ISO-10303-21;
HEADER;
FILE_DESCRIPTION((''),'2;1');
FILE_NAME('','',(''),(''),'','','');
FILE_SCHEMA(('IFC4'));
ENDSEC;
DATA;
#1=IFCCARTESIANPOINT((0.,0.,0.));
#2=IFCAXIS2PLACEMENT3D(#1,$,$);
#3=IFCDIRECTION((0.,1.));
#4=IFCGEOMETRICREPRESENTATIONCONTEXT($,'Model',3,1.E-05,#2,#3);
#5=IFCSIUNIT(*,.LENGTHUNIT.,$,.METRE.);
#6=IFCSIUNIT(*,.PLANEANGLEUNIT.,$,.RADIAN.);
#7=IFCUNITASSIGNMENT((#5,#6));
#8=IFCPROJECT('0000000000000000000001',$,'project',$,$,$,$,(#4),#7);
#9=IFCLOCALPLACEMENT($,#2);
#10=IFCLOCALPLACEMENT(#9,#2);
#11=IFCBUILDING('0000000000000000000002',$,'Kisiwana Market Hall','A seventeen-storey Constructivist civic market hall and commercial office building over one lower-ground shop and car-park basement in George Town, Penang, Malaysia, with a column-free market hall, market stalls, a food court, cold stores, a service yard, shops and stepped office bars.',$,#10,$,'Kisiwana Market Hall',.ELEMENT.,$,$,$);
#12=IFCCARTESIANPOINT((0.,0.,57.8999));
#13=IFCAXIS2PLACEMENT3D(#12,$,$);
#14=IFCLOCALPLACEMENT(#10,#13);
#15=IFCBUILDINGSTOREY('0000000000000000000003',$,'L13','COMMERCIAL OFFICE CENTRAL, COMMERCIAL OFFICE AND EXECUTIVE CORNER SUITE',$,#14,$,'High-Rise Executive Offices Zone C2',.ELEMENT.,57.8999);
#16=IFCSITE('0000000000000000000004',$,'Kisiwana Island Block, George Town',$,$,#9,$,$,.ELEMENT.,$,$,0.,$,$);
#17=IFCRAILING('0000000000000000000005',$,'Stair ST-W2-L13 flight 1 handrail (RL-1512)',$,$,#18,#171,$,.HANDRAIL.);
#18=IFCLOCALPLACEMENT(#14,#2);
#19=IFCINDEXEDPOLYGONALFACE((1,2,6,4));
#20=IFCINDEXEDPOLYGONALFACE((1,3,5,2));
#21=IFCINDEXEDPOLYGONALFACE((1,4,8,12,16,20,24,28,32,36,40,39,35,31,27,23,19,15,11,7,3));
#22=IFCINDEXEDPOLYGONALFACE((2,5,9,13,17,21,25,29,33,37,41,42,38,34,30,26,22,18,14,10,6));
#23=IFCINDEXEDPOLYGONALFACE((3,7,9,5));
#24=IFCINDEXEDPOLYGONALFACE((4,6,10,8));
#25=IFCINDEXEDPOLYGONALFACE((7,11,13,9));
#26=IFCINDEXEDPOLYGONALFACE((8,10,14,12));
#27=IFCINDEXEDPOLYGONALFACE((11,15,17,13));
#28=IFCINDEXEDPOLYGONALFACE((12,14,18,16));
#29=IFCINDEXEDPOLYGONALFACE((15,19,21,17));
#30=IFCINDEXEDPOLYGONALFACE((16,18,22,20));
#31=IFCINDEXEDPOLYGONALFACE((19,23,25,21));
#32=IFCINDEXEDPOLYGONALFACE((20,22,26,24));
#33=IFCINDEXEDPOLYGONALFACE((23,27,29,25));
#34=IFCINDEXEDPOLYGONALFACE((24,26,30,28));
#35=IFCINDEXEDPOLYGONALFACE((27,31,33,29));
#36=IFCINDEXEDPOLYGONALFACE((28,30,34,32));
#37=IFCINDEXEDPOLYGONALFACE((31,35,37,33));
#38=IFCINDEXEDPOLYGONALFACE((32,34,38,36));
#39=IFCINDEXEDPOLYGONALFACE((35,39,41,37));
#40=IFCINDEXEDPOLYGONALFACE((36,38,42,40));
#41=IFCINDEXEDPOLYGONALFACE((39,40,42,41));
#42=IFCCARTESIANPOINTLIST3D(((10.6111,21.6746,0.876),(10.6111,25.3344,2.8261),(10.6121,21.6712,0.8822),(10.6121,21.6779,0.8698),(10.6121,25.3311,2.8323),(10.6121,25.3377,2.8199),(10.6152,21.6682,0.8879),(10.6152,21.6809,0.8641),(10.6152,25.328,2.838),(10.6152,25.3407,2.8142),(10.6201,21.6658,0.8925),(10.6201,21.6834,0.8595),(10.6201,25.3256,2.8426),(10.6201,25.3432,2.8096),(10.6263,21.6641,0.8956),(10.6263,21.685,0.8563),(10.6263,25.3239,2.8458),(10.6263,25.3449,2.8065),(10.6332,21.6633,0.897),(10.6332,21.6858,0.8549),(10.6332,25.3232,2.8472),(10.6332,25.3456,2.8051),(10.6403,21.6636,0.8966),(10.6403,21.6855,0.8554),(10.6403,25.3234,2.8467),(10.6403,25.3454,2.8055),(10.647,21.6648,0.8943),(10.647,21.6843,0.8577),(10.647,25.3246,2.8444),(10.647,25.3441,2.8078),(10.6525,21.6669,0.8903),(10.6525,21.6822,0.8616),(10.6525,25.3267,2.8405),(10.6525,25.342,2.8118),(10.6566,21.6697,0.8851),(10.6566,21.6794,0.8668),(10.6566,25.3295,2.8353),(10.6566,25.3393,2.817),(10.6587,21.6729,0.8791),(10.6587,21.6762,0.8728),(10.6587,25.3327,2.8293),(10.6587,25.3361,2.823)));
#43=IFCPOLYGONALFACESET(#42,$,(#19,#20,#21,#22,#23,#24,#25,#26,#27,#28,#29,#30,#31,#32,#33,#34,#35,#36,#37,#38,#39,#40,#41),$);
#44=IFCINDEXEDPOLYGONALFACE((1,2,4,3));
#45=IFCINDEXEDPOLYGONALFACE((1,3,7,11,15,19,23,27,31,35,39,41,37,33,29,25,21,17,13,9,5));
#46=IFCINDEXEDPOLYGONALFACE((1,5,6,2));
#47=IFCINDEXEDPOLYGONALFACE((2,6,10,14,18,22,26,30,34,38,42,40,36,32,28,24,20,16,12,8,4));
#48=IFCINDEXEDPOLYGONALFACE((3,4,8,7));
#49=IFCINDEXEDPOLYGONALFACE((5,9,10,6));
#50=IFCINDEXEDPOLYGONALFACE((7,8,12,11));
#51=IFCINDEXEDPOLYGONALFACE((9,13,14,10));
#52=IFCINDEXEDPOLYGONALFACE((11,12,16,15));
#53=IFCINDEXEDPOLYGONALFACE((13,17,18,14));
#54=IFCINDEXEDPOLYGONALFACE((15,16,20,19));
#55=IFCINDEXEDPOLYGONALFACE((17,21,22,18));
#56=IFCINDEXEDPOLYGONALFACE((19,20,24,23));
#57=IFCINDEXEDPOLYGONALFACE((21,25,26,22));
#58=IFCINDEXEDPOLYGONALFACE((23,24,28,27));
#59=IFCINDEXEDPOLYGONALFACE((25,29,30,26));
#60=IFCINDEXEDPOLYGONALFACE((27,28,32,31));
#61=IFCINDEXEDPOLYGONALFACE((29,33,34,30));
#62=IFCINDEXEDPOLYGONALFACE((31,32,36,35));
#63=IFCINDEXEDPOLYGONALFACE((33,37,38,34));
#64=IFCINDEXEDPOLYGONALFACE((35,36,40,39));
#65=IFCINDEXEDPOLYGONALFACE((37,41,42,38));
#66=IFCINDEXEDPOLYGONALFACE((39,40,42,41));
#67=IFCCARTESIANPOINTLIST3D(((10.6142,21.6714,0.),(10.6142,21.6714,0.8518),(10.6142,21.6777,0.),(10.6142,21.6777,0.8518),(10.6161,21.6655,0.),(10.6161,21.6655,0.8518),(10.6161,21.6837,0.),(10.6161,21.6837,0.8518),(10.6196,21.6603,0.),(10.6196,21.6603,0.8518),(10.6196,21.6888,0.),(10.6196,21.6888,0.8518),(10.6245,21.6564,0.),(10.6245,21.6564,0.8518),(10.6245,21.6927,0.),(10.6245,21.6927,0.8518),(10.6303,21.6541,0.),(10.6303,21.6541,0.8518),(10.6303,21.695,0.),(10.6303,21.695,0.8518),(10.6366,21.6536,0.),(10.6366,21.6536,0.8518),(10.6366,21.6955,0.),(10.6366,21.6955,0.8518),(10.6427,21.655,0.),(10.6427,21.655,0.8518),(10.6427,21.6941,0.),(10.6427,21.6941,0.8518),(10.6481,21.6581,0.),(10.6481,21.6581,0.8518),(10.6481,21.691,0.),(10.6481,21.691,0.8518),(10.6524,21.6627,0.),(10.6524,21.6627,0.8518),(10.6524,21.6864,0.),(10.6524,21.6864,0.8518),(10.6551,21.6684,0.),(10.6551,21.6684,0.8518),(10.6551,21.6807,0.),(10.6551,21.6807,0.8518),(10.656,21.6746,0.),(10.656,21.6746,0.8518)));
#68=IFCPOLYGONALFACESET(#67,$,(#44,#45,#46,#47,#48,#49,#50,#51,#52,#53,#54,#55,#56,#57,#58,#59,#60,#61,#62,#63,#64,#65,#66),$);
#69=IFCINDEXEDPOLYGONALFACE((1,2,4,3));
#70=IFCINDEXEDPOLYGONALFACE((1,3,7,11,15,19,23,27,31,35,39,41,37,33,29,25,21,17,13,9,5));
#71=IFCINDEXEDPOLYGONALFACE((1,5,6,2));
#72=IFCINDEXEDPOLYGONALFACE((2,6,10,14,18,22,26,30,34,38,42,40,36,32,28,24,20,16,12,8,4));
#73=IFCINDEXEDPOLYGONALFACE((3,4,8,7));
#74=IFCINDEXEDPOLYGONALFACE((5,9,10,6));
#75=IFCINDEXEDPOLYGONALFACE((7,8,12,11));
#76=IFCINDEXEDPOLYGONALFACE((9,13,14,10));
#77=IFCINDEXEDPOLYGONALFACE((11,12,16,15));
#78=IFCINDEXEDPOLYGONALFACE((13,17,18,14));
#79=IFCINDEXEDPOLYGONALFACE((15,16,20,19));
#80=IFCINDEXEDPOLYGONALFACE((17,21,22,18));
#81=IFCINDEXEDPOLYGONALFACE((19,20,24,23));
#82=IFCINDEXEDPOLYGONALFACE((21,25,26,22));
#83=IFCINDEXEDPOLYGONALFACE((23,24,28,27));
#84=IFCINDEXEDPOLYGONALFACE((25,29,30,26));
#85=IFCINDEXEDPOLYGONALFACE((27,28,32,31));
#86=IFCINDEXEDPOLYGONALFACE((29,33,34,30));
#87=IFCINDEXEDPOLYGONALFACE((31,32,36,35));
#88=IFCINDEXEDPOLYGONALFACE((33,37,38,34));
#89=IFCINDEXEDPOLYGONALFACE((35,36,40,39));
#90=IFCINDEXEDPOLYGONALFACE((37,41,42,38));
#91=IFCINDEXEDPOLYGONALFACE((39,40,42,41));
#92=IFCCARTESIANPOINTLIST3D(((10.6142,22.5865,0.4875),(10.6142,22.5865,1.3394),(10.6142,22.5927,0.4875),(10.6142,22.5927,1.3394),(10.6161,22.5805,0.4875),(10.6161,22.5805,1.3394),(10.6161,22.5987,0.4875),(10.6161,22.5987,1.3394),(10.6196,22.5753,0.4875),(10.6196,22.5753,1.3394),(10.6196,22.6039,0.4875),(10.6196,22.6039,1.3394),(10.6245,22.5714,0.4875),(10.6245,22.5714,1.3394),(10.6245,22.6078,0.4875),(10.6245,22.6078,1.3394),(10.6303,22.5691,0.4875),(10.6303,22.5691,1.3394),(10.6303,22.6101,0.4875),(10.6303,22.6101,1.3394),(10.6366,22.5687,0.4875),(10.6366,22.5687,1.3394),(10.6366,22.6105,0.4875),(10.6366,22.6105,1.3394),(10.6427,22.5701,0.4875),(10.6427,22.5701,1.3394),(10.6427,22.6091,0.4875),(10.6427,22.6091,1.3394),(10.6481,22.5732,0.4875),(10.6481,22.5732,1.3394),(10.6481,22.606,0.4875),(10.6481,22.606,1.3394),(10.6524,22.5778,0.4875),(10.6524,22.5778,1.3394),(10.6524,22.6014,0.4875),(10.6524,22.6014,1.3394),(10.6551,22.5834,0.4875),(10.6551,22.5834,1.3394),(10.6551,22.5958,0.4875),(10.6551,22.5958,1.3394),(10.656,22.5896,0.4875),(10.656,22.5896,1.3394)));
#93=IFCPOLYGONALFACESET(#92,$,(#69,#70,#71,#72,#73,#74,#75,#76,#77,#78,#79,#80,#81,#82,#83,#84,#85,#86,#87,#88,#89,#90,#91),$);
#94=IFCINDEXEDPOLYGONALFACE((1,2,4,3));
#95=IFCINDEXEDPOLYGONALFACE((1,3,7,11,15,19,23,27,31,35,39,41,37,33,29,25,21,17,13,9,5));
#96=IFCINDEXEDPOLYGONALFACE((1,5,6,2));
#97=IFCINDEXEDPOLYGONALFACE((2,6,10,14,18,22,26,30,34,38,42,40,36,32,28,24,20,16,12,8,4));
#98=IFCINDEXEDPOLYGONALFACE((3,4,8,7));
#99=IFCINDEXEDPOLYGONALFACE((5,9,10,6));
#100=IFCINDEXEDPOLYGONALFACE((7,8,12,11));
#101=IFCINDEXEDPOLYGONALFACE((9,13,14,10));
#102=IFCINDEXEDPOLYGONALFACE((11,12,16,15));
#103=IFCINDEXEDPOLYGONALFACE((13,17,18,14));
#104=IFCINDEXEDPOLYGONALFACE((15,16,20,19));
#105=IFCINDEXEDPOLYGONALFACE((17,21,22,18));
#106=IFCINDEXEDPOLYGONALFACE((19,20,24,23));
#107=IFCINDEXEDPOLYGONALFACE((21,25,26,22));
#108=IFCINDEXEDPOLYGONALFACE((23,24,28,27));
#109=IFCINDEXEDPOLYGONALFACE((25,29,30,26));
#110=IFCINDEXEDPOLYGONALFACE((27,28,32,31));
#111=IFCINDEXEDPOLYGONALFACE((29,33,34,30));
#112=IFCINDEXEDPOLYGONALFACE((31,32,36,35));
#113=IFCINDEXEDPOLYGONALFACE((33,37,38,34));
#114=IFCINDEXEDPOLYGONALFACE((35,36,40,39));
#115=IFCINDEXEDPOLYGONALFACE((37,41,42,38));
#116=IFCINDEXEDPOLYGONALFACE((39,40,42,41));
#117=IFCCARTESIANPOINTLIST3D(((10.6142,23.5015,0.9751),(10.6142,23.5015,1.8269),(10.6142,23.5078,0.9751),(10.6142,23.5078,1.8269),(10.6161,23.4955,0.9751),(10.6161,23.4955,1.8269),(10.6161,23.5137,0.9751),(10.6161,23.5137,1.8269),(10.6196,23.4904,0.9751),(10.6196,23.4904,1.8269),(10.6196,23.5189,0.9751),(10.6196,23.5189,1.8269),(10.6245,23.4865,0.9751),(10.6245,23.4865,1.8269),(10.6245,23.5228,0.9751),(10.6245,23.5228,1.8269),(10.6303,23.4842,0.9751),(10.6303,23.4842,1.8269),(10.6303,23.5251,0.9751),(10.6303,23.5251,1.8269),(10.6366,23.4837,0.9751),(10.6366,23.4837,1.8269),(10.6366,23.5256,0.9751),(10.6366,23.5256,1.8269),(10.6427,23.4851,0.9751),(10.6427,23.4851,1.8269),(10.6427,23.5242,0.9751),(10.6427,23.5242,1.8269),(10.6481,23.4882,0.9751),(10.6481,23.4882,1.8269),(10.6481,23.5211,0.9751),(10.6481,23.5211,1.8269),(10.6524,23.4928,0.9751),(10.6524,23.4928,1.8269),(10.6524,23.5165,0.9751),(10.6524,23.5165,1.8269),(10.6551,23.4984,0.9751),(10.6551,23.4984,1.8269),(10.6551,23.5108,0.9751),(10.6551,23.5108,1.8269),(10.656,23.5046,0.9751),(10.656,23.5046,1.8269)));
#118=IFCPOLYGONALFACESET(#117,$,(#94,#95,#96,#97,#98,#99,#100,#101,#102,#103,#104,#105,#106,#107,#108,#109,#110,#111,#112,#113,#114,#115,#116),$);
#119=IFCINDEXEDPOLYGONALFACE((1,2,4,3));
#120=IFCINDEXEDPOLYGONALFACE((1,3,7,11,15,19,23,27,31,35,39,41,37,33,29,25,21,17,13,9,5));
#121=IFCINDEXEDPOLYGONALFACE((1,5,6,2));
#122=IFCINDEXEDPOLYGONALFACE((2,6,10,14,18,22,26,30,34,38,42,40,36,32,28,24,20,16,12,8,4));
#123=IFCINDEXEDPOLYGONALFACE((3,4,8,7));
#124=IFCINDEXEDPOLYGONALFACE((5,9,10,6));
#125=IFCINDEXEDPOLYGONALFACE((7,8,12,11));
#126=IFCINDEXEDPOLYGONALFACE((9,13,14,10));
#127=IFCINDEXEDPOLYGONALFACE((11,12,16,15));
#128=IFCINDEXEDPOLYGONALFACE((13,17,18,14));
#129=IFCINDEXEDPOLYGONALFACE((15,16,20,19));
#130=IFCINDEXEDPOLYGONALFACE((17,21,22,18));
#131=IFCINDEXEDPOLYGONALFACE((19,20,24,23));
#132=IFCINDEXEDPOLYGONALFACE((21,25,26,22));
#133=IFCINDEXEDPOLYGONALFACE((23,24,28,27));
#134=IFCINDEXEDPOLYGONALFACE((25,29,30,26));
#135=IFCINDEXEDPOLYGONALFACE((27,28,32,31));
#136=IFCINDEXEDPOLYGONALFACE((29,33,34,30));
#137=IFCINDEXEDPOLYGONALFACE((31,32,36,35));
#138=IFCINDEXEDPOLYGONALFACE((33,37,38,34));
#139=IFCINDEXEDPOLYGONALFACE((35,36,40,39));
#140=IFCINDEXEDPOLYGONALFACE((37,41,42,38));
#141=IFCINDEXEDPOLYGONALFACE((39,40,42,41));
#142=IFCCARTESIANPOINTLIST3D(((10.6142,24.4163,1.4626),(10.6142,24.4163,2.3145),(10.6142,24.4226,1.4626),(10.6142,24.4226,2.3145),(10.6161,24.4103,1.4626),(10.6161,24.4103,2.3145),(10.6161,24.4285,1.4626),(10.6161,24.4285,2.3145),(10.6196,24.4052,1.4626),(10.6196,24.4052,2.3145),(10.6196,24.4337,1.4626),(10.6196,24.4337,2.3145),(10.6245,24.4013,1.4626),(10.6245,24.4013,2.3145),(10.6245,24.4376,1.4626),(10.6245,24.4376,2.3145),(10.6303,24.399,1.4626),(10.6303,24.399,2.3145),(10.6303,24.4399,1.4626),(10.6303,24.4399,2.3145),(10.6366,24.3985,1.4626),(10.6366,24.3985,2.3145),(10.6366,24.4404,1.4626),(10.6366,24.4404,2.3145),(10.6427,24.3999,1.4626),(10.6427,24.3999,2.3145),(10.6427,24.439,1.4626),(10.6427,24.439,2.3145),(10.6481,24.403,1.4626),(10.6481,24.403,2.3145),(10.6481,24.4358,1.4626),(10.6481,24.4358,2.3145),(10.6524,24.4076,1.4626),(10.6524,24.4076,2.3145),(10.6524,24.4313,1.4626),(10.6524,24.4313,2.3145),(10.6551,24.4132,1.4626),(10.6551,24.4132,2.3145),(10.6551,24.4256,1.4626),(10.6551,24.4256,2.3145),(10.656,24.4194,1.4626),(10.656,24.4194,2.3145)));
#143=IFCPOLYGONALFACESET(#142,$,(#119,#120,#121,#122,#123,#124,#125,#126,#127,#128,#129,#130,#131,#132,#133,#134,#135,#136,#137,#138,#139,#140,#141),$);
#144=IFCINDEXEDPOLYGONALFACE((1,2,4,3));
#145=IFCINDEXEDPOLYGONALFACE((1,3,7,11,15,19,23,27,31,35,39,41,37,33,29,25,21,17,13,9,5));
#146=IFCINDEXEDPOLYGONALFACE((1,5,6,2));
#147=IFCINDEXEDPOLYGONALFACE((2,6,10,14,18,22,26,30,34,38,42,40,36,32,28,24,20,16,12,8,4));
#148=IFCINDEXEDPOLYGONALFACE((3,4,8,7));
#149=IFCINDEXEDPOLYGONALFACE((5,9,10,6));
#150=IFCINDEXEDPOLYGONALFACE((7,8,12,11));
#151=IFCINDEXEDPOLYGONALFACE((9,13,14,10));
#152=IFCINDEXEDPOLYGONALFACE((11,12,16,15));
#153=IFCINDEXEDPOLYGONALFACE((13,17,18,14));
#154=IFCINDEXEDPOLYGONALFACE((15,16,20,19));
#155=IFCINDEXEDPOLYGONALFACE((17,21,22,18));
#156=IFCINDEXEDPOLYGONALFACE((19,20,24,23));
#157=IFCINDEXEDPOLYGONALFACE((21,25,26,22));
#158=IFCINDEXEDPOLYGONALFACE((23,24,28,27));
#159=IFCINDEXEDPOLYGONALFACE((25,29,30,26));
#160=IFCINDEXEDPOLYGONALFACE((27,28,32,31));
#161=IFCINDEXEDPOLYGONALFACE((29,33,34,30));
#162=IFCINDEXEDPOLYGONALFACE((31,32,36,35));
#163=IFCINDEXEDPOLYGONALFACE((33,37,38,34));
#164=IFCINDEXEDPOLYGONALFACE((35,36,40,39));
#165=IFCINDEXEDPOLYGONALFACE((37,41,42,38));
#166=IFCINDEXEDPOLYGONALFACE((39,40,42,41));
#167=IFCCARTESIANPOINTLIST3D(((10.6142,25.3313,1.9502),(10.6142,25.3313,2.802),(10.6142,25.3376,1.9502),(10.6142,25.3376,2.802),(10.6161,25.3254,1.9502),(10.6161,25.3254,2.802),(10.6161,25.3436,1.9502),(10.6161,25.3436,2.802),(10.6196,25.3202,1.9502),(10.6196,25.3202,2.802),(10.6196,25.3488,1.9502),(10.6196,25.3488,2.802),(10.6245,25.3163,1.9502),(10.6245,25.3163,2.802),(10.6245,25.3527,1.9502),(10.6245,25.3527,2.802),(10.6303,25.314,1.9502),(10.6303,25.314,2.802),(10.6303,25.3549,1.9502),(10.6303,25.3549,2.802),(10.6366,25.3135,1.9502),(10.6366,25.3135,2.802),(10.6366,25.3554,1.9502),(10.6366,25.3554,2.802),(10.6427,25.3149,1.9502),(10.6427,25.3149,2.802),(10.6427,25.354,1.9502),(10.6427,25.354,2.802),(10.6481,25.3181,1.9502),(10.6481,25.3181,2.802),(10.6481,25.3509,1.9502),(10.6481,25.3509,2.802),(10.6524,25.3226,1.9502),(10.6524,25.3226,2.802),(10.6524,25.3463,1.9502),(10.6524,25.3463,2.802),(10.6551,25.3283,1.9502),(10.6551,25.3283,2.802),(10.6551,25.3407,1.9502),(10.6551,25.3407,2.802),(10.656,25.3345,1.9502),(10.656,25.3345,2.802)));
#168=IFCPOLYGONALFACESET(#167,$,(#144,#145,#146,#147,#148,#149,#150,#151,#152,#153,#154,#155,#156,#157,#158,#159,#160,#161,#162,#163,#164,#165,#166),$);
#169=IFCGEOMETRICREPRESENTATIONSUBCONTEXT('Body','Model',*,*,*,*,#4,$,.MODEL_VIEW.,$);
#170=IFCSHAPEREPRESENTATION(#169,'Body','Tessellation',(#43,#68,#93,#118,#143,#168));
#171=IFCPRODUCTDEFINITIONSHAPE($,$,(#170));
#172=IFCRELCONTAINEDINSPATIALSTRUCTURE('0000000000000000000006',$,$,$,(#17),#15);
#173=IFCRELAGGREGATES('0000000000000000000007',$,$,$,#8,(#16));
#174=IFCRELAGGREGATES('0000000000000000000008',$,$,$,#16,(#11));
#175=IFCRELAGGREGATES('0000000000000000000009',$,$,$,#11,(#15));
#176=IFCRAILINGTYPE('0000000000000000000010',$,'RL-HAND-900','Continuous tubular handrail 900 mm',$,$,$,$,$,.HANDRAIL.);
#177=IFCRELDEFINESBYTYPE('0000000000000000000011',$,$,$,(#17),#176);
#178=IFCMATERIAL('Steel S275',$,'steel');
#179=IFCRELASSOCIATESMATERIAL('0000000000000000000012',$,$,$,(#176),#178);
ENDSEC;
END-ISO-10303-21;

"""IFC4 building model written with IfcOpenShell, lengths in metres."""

from ifc_helpers import new_model, si_unit, direction, frame, origin, origin_2d, place, context, subcontext, project, spatial, circle, extrude, material, type_object, element, save


model = new_model("IFC4")

# Units and contexts
model_context = context("Model", 3, precision=1e-05, world=origin(), true_north=direction((0.0, 1.0)))
body_context = subcontext(model_context, "Body", "Model", "MODEL_VIEW")
ifc_project = project(units=[si_unit("LENGTHUNIT", "METRE"), si_unit("PLANEANGLEUNIT", "RADIAN")], contexts=[model_context])

# Site, building, storey
site_placement = place(None, origin())
site = spatial("IfcSite", under=ifc_project, at=site_placement, Name="Kisiwana Island Block, George Town", CompositionType="ELEMENT", RefElevation=0.0)
building_placement = place(site_placement, origin())
building = spatial("IfcBuilding", under=site, at=building_placement, Name="Kisiwana Market Hall", Description="A seventeen-storey Constructivist civic market hall and commercial office building over one lower-ground shop and car-park basement in George Town, Penang, Malaysia, with a column-free market hall, market stalls, a food court, cold stores, a service yard, shops and stepped office bars.", LongName="Kisiwana Market Hall", CompositionType="ELEMENT")
storey_placement = place(building_placement, frame((0.0, 0.0, 57.8999)))
storey = spatial("IfcBuildingStorey", under=building, at=storey_placement, Name="L13", Description="COMMERCIAL OFFICE CENTRAL, COMMERCIAL OFFICE AND EXECUTIVE CORNER SUITE", LongName="High-Rise Executive Offices Zone C2", CompositionType="ELEMENT", Elevation=57.8999)

# Railing
ifc_material_1 = material(Name="Steel S275", Category="steel")
railing_type_1 = type_object("IfcRailingType", Name="RL-HAND-900", Description="Continuous tubular handrail 900 mm", PredefinedType="HANDRAIL", material=ifc_material_1)
railing_1_placement = place(storey_placement, frame((10.635, 21.6746, 0.0)))
element("IfcRailing", 1, at=railing_1_placement, inside=storey, type_object=railing_type_1, Name="Stair ST-W2-L13 flight 1 handrail (RL-1512)", PredefinedType="HANDRAIL", context=body_context, shape_type="SweptSolid", body=[
    extrude(circle(Radius=0.0239, at=origin_2d()), frame((0.0, 0.0, 0.876), z_axis=(0.0, 0.882529, 0.470258), x_axis=(-1.0, 0.0, 0.0)), (0.0, 0.0, 1.0), 4.147),
    extrude(circle(Radius=0.021, at=origin_2d()), origin(), (0.0, 0.0, 1.0), 0.8518),
    extrude(circle(Radius=0.021, at=origin_2d()), frame((0.0, 0.915, 0.4875)), (0.0, 0.0, 1.0), 0.8518),
    extrude(circle(Radius=0.021, at=origin_2d()), frame((0.0, 1.8301, 0.9751)), (0.0, 0.0, 1.0), 0.8518),
    extrude(circle(Radius=0.021, at=origin_2d()), frame((0.0, 2.7449, 1.4626)), (0.0, 0.0, 1.0), 0.8518),
    extrude(circle(Radius=0.021, at=origin_2d()), frame((0.0, 3.6599, 1.9502)), (0.0, 0.0, 1.0), 0.8518),
])

save(model, "model.ifc")
